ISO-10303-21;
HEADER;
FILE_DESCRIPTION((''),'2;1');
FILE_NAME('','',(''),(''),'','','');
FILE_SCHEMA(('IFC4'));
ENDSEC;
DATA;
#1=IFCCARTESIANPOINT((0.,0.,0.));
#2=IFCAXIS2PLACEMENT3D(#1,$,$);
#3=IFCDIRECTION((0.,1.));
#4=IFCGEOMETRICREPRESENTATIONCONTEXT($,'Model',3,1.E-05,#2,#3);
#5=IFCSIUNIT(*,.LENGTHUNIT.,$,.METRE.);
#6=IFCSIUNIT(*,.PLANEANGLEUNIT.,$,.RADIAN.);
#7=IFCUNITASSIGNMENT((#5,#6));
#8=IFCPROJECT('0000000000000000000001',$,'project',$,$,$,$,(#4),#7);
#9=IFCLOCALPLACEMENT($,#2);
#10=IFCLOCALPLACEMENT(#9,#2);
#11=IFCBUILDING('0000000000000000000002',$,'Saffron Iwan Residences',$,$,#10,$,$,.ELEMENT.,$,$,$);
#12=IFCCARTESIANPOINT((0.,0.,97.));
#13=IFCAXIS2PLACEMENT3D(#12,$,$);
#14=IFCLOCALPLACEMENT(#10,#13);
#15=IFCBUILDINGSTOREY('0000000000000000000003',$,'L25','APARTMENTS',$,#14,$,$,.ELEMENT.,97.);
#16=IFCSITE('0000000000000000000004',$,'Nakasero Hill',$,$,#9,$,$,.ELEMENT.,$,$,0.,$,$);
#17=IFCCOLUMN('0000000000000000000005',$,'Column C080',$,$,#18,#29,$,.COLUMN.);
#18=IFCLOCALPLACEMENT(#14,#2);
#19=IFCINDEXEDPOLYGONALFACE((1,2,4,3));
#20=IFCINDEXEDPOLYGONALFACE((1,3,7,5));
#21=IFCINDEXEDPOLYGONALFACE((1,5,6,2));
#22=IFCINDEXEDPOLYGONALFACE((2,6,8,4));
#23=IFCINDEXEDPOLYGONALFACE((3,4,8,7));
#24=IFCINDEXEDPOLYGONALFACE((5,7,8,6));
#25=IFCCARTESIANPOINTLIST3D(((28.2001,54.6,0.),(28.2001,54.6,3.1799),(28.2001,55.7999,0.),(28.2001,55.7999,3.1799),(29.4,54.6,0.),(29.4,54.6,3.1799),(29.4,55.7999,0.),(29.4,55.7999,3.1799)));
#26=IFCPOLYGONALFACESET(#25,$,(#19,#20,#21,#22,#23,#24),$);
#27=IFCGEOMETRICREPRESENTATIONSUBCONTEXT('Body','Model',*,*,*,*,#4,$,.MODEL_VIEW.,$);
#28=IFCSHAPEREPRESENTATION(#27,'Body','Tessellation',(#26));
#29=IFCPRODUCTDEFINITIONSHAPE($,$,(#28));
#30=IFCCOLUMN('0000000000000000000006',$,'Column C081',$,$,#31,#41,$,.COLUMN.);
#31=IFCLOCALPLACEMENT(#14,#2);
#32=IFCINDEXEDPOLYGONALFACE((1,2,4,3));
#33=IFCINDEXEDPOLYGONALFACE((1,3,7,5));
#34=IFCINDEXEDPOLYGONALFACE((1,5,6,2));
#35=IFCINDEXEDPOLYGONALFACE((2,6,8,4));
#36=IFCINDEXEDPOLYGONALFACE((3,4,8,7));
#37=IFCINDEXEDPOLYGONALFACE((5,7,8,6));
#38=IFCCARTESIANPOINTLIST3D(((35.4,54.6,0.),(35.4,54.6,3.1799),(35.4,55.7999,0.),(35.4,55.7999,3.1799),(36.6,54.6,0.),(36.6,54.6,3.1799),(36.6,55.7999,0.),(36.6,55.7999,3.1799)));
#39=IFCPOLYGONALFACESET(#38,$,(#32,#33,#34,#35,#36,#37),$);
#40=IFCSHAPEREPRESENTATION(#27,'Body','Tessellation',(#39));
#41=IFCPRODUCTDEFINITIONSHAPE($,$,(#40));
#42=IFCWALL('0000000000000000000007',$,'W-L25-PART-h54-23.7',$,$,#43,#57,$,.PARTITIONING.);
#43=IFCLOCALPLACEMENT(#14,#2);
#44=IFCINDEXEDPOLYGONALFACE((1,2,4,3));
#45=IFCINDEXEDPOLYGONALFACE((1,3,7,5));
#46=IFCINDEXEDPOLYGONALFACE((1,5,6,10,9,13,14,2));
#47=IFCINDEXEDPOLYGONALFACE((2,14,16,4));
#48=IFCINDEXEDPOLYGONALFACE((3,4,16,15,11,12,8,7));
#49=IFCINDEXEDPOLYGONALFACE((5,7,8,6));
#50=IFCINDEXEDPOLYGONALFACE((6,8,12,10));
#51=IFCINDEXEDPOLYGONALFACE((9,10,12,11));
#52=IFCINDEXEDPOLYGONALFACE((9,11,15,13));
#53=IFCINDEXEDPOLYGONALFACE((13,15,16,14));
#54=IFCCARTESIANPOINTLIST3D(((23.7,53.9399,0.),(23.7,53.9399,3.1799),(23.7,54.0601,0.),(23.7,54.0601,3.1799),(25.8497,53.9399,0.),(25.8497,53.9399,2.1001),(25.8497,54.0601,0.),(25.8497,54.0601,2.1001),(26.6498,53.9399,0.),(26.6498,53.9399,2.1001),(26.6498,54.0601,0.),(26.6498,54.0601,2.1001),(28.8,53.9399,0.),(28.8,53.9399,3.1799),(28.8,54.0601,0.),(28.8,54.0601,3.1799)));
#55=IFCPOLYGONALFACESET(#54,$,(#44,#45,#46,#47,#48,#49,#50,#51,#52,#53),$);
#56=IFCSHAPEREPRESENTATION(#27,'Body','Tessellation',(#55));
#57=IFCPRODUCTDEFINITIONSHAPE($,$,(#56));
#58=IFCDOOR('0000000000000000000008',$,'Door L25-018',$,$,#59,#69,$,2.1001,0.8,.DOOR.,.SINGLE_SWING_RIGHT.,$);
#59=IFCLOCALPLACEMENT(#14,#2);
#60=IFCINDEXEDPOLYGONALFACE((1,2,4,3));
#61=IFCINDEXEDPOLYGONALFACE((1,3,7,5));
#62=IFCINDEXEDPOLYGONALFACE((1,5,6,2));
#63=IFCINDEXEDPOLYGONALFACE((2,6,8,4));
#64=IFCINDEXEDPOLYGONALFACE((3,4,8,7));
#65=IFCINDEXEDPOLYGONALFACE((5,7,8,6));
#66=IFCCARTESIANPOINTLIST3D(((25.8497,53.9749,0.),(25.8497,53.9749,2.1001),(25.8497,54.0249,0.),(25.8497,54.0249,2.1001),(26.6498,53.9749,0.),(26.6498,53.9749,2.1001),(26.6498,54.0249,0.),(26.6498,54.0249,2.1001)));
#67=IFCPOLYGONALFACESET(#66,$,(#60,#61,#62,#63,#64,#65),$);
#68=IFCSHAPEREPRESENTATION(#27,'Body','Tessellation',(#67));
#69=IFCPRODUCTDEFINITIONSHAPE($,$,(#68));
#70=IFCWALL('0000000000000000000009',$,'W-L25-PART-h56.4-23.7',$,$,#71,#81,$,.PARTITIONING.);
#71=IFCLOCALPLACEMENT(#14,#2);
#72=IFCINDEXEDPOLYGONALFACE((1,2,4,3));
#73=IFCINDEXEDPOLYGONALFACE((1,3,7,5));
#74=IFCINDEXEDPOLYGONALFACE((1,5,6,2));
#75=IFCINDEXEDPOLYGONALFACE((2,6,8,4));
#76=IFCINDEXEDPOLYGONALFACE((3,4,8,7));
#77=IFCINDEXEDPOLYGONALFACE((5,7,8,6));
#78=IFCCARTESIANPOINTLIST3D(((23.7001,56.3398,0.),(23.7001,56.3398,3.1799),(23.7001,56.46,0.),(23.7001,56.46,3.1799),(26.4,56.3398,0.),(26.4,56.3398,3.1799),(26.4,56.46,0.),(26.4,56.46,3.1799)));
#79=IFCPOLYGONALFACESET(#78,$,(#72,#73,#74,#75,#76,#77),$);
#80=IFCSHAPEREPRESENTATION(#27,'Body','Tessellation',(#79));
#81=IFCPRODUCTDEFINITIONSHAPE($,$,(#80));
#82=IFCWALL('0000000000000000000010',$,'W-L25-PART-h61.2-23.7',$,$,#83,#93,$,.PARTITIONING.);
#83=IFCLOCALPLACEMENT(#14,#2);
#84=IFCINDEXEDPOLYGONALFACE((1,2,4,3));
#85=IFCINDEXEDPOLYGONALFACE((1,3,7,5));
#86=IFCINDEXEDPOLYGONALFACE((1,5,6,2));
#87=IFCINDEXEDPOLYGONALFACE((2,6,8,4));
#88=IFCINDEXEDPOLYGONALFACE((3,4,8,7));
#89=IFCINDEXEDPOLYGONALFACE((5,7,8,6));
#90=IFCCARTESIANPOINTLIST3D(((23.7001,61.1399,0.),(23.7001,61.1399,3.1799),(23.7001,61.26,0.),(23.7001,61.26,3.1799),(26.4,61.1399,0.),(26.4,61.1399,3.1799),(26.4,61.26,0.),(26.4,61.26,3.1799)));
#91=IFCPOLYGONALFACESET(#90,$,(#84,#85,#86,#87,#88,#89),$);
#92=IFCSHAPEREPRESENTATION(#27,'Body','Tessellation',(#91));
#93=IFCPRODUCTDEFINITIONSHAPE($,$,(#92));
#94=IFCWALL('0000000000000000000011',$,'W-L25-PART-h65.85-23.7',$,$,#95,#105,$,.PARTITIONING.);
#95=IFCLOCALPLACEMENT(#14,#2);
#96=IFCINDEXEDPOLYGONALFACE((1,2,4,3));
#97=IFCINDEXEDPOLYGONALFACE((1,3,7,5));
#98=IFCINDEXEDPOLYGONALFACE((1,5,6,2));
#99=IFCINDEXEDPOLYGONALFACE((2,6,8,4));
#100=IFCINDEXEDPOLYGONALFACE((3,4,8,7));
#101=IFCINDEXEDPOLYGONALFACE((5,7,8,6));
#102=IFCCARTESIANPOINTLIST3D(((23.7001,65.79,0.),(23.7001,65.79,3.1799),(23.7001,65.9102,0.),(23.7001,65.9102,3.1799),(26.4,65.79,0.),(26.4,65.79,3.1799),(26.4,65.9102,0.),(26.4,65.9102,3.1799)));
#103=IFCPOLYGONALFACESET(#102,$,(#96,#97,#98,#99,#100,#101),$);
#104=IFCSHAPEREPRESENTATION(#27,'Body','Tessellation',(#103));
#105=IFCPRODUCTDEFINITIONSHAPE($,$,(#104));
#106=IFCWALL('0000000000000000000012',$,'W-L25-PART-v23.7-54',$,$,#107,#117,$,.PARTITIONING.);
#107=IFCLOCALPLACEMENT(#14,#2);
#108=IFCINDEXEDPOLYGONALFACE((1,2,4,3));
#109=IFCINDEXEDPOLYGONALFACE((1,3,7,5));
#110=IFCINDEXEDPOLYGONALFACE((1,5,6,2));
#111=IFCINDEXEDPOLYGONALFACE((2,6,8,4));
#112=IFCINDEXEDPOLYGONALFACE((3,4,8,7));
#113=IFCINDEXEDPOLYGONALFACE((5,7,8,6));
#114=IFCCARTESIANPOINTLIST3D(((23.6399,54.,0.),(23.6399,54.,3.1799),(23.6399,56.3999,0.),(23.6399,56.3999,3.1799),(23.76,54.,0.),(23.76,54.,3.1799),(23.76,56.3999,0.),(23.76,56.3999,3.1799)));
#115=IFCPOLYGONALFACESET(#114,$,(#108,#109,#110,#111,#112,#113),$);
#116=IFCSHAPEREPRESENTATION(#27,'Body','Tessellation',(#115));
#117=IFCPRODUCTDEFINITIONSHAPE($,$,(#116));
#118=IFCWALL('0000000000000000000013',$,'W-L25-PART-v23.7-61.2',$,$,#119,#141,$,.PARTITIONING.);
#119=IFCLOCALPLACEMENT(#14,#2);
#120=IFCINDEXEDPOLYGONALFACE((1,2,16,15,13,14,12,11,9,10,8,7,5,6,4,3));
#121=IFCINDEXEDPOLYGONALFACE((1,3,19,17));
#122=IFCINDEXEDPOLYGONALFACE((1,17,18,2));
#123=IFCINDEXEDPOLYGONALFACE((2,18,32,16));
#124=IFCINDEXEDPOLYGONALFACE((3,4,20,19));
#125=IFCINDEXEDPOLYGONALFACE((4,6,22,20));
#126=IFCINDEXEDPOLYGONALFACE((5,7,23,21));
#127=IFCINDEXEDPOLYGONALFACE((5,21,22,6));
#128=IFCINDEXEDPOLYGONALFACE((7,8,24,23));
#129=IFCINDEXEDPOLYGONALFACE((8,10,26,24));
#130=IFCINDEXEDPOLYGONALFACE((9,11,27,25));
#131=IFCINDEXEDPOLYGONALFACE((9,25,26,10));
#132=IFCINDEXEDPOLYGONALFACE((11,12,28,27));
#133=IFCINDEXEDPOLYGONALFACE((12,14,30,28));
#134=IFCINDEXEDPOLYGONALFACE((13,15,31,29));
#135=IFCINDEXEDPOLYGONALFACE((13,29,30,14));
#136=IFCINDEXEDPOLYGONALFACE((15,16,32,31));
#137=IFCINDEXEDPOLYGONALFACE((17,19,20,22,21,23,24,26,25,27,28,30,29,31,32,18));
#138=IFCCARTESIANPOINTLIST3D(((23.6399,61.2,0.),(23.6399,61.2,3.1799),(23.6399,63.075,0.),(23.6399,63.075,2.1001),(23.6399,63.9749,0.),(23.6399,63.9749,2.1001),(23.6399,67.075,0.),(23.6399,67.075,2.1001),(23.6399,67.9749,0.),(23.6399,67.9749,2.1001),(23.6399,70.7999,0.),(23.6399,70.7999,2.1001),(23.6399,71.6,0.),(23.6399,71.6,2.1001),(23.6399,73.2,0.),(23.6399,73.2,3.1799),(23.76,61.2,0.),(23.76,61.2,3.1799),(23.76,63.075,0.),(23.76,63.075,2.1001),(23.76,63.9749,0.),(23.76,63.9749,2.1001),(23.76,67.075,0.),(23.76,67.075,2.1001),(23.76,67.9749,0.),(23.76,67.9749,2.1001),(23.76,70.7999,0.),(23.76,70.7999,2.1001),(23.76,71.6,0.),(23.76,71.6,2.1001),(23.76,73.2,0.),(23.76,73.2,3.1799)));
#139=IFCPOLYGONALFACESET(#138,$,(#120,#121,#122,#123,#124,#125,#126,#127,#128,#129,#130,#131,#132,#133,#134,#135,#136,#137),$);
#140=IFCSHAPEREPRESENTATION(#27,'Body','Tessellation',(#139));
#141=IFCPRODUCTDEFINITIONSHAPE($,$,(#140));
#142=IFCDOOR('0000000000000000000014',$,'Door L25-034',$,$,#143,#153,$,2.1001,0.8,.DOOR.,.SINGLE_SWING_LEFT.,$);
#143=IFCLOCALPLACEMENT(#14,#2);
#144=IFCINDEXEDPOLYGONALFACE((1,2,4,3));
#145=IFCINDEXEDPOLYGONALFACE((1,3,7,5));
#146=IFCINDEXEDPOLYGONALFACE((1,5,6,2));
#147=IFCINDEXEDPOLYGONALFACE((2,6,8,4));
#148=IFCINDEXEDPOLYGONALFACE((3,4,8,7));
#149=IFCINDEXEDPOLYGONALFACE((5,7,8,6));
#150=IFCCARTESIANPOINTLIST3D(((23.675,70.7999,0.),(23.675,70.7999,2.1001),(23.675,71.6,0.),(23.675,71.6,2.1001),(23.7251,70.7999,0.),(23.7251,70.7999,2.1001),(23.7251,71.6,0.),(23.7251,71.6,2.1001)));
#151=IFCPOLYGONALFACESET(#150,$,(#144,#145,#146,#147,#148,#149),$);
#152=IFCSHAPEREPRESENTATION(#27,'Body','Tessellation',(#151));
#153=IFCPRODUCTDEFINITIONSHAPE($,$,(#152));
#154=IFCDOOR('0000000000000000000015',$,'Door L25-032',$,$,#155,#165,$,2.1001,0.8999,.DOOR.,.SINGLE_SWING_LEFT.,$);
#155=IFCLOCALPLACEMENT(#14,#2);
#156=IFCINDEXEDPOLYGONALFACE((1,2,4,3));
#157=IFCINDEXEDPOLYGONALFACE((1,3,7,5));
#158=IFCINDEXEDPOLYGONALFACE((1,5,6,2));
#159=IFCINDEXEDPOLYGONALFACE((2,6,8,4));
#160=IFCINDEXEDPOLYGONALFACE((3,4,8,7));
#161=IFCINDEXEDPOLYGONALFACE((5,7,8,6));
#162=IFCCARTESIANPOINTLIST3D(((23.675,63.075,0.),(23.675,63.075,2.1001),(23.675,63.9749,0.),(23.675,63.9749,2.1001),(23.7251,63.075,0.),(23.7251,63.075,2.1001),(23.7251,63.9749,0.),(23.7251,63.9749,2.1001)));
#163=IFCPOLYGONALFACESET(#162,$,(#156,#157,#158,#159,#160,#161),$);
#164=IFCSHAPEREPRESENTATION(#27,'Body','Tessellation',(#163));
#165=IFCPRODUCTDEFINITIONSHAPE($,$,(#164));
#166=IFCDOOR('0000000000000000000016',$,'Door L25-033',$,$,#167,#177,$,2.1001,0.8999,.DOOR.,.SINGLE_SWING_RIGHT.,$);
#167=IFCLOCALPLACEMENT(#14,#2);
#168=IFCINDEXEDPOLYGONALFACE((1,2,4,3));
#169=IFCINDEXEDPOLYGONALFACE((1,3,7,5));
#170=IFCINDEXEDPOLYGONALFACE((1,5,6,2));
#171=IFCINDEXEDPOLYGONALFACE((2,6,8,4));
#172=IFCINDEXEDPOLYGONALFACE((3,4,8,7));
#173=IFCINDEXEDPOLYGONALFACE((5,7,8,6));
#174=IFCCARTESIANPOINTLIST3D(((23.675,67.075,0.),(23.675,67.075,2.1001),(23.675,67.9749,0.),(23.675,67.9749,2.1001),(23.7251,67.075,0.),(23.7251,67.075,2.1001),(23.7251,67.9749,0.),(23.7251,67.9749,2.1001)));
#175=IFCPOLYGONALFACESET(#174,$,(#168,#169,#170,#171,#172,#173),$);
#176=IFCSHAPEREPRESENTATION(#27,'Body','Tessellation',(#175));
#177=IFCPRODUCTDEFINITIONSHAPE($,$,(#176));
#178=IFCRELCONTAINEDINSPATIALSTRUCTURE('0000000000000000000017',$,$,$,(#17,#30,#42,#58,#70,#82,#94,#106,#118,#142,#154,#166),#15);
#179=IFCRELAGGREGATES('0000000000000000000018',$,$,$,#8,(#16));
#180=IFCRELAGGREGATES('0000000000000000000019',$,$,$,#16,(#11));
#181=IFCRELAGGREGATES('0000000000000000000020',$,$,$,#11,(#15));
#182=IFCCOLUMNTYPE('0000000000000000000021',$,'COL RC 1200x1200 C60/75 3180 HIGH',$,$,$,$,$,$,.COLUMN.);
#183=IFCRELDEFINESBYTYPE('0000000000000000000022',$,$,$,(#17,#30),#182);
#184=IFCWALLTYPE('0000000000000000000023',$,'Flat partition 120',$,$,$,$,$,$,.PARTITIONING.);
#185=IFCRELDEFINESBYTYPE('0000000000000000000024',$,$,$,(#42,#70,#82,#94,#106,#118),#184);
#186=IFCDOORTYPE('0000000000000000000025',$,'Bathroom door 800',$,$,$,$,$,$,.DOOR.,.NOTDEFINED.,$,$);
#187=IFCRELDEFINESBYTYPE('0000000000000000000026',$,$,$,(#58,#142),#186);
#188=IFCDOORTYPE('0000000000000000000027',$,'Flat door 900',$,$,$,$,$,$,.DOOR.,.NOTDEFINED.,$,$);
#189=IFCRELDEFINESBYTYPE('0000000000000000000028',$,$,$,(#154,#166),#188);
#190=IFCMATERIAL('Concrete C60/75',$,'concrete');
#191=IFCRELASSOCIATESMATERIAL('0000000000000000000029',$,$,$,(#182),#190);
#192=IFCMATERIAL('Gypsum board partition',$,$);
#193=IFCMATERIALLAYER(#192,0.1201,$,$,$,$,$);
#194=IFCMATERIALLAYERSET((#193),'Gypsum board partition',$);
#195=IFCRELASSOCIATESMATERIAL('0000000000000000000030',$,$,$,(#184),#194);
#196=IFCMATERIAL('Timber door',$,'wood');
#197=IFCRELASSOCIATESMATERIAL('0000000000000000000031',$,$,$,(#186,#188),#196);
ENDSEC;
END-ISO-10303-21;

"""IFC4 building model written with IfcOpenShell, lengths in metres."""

from ifc_helpers import new_model, si_unit, direction, frame, frame_2d, origin, origin_2d, place, context, subcontext, project, spatial, rectangle, extrude, source, transform, mapped, material, layer, layer_set, material_profile, profile_set, type_object, element, fill, save


model = new_model("IFC4")

# Units and contexts
model_context = context("Model", 3, precision=1e-05, world=origin(), true_north=direction((0.0, 1.0)))
body_context = subcontext(model_context, "Body", "Model", "MODEL_VIEW")
ifc_project = project(units=[si_unit("LENGTHUNIT", "METRE"), si_unit("PLANEANGLEUNIT", "RADIAN")], contexts=[model_context])

# Site, building, storey
site_placement = place(None, origin())
site = spatial("IfcSite", under=ifc_project, at=site_placement, Name="Nakasero Hill", CompositionType="ELEMENT", RefElevation=0.0)
building_placement = place(site_placement, origin())
building = spatial("IfcBuilding", under=site, at=building_placement, Name="Saffron Iwan Residences", CompositionType="ELEMENT")
storey_placement = place(building_placement, frame((0.0, 0.0, 97.0)))
storey = spatial("IfcBuildingStorey", under=building, at=storey_placement, Name="L25", Description="APARTMENTS", CompositionType="ELEMENT", Elevation=97.0)

# Columns
ifc_material_1 = material(Name="Concrete C60/75", Category="concrete")
ifc_material_profile = material_profile(ifc_material_1, rectangle(XDim=1.2, YDim=1.2, at=origin_2d()), Name="RC 1200x1200")
ifc_profile_set = profile_set([ifc_material_profile], Name="Concrete C60/75")
column_type = type_object("IfcColumnType", Name="COL RC 1200x1200 C60/75 3180 HIGH", PredefinedType="COLUMN", material=ifc_profile_set)
shared_shape = source(origin(), body_context, "Body", "SweptSolid", [
    extrude(rectangle(XDim=1.2, YDim=1.2, at=origin_2d()), origin(), (0.0, 0.0, 1.0), 3.1799),
])
for number, where, z_axis, x_axis, name in (
    (1, (28.8, 55.2, 0.0), (0.0, 0.0, 1.0), (1.0, 0.0, 0.0), "Column C080"),
    (2, (36.0, 55.2, 0.0), (0.0, 0.0, 1.0), (1.0, 0.0, 0.0), "Column C081"),
):
    element("IfcColumn", number, at=place(storey_placement, frame(where, z_axis=z_axis, x_axis=x_axis)), inside=storey, type_object=column_type, Name=name, PredefinedType="COLUMN", context=body_context, shape_type="MappedRepresentation", body=[
        mapped(shared_shape, transform((0.0, 0.0, 0.0))),
    ])

# Wall, opening, door
ifc_material_2 = material(Name="Gypsum board partition")
ifc_layer_1 = layer(ifc_material_2, 0.1201)
ifc_layer_set_1 = layer_set([ifc_layer_1], Name="Gypsum board partition")
wall_type_1 = type_object("IfcWallType", Name="Flat partition 120", PredefinedType="PARTITIONING", material=ifc_layer_set_1)
wall_1_placement = place(storey_placement, frame((23.7, 54.0, 0.0), z_axis=(0.0, 0.0, 1.0), x_axis=(1.0, 0.0, 0.0)))
wall_1 = element("IfcWall", 3, at=wall_1_placement, inside=storey, type_object=wall_type_1, Name="W-L25-PART-h54-23.7", PredefinedType="PARTITIONING", context=body_context, shape_type="SweptSolid", body=[
    extrude(rectangle(XDim=5.1001, YDim=0.1201, at=frame_2d((2.55, 0.0))), origin(), (0.0, 0.0, 1.0), 3.1799),
])
opening_1_placement = place(wall_1_placement, frame((2.1499, 0.0, 0.0)))
opening_1 = element("IfcOpeningElement", 4, at=opening_1_placement, cuts=wall_1, PredefinedType="OPENING", context=body_context, shape_type="SweptSolid", body=[
    extrude(rectangle(XDim=0.8, YDim=2.1001, at=frame_2d((0.3999, 1.05))), frame((0.0, 0.0701, 0.0), z_axis=(0.0, -1.0, 0.0), x_axis=(1.0, 0.0, 0.0)), (0.0, 0.0, 1.0), 0.1401),
])
ifc_material_3 = material(Name="Timber door", Category="wood")
door_type_1 = type_object("IfcDoorType", Name="Bathroom door 800", OperationType="NOTDEFINED", PredefinedType="DOOR", material=ifc_material_3)
door_1_placement = place(opening_1_placement, origin())
door_1 = element("IfcDoor", 5, at=door_1_placement, inside=storey, type_object=door_type_1, Name="Door L25-018", OperationType="SINGLE_SWING_RIGHT", OverallHeight=2.1001, OverallWidth=0.8, PredefinedType="DOOR", context=body_context, shape_type="SweptSolid", body=[
    extrude(rectangle(XDim=0.8, YDim=2.1001, at=frame_2d((0.3999, 1.05))), frame((0.0, 0.0249, 0.0), z_axis=(0.0, -1.0, 0.0), x_axis=(1.0, 0.0, 0.0)), (0.0, 0.0, 1.0), 0.05),
])
fill(opening_1, door_1)

# Walls
for number, where, z_axis, x_axis, name in (
    (6, (23.7, 56.3999, 0.0), (0.0, 0.0, 1.0), (1.0, 0.0, 0.0), "W-L25-PART-h56.4-23.7"),
    (7, (23.7, 61.2, 0.0), (0.0, 0.0, 1.0), (1.0, 0.0, 0.0), "W-L25-PART-h61.2-23.7"),
    (8, (23.7, 65.8501, 0.0), (0.0, 0.0, 1.0), (1.0, 0.0, 0.0), "W-L25-PART-h65.85-23.7"),
):
    element("IfcWall", number, at=place(storey_placement, frame(where, z_axis=z_axis, x_axis=x_axis)), inside=storey, type_object=wall_type_1, Name=name, PredefinedType="PARTITIONING", context=body_context, shape_type="SweptSolid", body=[
        extrude(rectangle(XDim=2.7, YDim=0.1201, at=frame_2d((1.3501, 0.0))), origin(), (0.0, 0.0, 1.0), 3.1799),
    ])
wall_2_placement = place(storey_placement, frame((23.7, 54.0, 0.0), z_axis=(0.0, 0.0, 1.0), x_axis=(0.0, 1.0, 0.0)))
element("IfcWall", 9, at=wall_2_placement, inside=storey, type_object=wall_type_1, Name="W-L25-PART-v23.7-54", PredefinedType="PARTITIONING", context=body_context, shape_type="SweptSolid", body=[
    extrude(rectangle(XDim=2.3999, YDim=0.1201, at=frame_2d((1.2, 0.0))), origin(), (0.0, 0.0, 1.0), 3.1799),
])

# Wall, openings, doors
wall_3_placement = place(storey_placement, frame((23.7, 61.2, 0.0), z_axis=(0.0, 0.0, 1.0), x_axis=(0.0, 1.0, 0.0)))
wall_3 = element("IfcWall", 10, at=wall_3_placement, inside=storey, type_object=wall_type_1, Name="W-L25-PART-v23.7-61.2", PredefinedType="PARTITIONING", context=body_context, shape_type="SweptSolid", body=[
    extrude(rectangle(XDim=12.0, YDim=0.1201, at=frame_2d((6.0, 0.0))), origin(), (0.0, 0.0, 1.0), 3.1799),
])
opening_2_placement = place(wall_3_placement, frame((1.875, 0.0, 0.0)))
opening_2 = element("IfcOpeningElement", 11, at=opening_2_placement, cuts=wall_3, PredefinedType="OPENING", context=body_context, shape_type="SweptSolid", body=[
    extrude(rectangle(XDim=0.8999, YDim=2.1001, at=frame_2d((0.45, 1.05))), frame((0.0, 0.0701, 0.0), z_axis=(0.0, -1.0, 0.0), x_axis=(1.0, 0.0, 0.0)), (0.0, 0.0, 1.0), 0.1401),
])
opening_3_placement = place(wall_3_placement, frame((5.875, 0.0, 0.0)))
opening_3 = element("IfcOpeningElement", 12, at=opening_3_placement, cuts=wall_3, PredefinedType="OPENING", context=body_context, shape_type="SweptSolid", body=[
    extrude(rectangle(XDim=0.8999, YDim=2.1001, at=frame_2d((0.45, 1.05))), frame((0.0, 0.0701, 0.0), z_axis=(0.0, -1.0, 0.0), x_axis=(1.0, 0.0, 0.0)), (0.0, 0.0, 1.0), 0.1401),
])
opening_4_placement = place(wall_3_placement, frame((9.6001, 0.0, 0.0)))
opening_4 = element("IfcOpeningElement", 13, at=opening_4_placement, cuts=wall_3, PredefinedType="OPENING", context=body_context, shape_type="SweptSolid", body=[
    extrude(rectangle(XDim=0.8, YDim=2.1001, at=frame_2d((0.3999, 1.05))), frame((0.0, 0.0701, 0.0), z_axis=(0.0, -1.0, 0.0), x_axis=(1.0, 0.0, 0.0)), (0.0, 0.0, 1.0), 0.1401),
])
door_2_placement = place(opening_4_placement, origin())
door_2 = element("IfcDoor", 14, at=door_2_placement, inside=storey, type_object=door_type_1, Name="Door L25-034", OperationType="SINGLE_SWING_LEFT", OverallHeight=2.1001, OverallWidth=0.8, PredefinedType="DOOR", context=body_context, shape_type="SweptSolid", body=[
    extrude(rectangle(XDim=0.8, YDim=2.1001, at=frame_2d((0.3999, 1.05))), frame((0.0, 0.0249, 0.0), z_axis=(0.0, -1.0, 0.0), x_axis=(1.0, 0.0, 0.0)), (0.0, 0.0, 1.0), 0.05),
])
fill(opening_4, door_2)
door_type_2 = type_object("IfcDoorType", Name="Flat door 900", OperationType="NOTDEFINED", PredefinedType="DOOR", material=ifc_material_3)
door_3_placement = place(opening_2_placement, origin())
door_3 = element("IfcDoor", 15, at=door_3_placement, inside=storey, type_object=door_type_2, Name="Door L25-032", OperationType="SINGLE_SWING_LEFT", OverallHeight=2.1001, OverallWidth=0.8999, PredefinedType="DOOR", context=body_context, shape_type="SweptSolid", body=[
    extrude(rectangle(XDim=0.8999, YDim=2.1001, at=frame_2d((0.45, 1.05))), frame((0.0, 0.0249, 0.0), z_axis=(0.0, -1.0, 0.0), x_axis=(1.0, 0.0, 0.0)), (0.0, 0.0, 1.0), 0.05),
])
fill(opening_2, door_3)
door_4_placement = place(opening_3_placement, origin())
door_4 = element("IfcDoor", 16, at=door_4_placement, inside=storey, type_object=door_type_2, Name="Door L25-033", OperationType="SINGLE_SWING_RIGHT", OverallHeight=2.1001, OverallWidth=0.8999, PredefinedType="DOOR", context=body_context, shape_type="SweptSolid", body=[
    extrude(rectangle(XDim=0.8999, YDim=2.1001, at=frame_2d((0.45, 1.05))), frame((0.0, 0.0249, 0.0), z_axis=(0.0, -1.0, 0.0), x_axis=(1.0, 0.0, 0.0)), (0.0, 0.0, 1.0), 0.05),
])
fill(opening_3, door_4)

save(model, "model.ifc")
